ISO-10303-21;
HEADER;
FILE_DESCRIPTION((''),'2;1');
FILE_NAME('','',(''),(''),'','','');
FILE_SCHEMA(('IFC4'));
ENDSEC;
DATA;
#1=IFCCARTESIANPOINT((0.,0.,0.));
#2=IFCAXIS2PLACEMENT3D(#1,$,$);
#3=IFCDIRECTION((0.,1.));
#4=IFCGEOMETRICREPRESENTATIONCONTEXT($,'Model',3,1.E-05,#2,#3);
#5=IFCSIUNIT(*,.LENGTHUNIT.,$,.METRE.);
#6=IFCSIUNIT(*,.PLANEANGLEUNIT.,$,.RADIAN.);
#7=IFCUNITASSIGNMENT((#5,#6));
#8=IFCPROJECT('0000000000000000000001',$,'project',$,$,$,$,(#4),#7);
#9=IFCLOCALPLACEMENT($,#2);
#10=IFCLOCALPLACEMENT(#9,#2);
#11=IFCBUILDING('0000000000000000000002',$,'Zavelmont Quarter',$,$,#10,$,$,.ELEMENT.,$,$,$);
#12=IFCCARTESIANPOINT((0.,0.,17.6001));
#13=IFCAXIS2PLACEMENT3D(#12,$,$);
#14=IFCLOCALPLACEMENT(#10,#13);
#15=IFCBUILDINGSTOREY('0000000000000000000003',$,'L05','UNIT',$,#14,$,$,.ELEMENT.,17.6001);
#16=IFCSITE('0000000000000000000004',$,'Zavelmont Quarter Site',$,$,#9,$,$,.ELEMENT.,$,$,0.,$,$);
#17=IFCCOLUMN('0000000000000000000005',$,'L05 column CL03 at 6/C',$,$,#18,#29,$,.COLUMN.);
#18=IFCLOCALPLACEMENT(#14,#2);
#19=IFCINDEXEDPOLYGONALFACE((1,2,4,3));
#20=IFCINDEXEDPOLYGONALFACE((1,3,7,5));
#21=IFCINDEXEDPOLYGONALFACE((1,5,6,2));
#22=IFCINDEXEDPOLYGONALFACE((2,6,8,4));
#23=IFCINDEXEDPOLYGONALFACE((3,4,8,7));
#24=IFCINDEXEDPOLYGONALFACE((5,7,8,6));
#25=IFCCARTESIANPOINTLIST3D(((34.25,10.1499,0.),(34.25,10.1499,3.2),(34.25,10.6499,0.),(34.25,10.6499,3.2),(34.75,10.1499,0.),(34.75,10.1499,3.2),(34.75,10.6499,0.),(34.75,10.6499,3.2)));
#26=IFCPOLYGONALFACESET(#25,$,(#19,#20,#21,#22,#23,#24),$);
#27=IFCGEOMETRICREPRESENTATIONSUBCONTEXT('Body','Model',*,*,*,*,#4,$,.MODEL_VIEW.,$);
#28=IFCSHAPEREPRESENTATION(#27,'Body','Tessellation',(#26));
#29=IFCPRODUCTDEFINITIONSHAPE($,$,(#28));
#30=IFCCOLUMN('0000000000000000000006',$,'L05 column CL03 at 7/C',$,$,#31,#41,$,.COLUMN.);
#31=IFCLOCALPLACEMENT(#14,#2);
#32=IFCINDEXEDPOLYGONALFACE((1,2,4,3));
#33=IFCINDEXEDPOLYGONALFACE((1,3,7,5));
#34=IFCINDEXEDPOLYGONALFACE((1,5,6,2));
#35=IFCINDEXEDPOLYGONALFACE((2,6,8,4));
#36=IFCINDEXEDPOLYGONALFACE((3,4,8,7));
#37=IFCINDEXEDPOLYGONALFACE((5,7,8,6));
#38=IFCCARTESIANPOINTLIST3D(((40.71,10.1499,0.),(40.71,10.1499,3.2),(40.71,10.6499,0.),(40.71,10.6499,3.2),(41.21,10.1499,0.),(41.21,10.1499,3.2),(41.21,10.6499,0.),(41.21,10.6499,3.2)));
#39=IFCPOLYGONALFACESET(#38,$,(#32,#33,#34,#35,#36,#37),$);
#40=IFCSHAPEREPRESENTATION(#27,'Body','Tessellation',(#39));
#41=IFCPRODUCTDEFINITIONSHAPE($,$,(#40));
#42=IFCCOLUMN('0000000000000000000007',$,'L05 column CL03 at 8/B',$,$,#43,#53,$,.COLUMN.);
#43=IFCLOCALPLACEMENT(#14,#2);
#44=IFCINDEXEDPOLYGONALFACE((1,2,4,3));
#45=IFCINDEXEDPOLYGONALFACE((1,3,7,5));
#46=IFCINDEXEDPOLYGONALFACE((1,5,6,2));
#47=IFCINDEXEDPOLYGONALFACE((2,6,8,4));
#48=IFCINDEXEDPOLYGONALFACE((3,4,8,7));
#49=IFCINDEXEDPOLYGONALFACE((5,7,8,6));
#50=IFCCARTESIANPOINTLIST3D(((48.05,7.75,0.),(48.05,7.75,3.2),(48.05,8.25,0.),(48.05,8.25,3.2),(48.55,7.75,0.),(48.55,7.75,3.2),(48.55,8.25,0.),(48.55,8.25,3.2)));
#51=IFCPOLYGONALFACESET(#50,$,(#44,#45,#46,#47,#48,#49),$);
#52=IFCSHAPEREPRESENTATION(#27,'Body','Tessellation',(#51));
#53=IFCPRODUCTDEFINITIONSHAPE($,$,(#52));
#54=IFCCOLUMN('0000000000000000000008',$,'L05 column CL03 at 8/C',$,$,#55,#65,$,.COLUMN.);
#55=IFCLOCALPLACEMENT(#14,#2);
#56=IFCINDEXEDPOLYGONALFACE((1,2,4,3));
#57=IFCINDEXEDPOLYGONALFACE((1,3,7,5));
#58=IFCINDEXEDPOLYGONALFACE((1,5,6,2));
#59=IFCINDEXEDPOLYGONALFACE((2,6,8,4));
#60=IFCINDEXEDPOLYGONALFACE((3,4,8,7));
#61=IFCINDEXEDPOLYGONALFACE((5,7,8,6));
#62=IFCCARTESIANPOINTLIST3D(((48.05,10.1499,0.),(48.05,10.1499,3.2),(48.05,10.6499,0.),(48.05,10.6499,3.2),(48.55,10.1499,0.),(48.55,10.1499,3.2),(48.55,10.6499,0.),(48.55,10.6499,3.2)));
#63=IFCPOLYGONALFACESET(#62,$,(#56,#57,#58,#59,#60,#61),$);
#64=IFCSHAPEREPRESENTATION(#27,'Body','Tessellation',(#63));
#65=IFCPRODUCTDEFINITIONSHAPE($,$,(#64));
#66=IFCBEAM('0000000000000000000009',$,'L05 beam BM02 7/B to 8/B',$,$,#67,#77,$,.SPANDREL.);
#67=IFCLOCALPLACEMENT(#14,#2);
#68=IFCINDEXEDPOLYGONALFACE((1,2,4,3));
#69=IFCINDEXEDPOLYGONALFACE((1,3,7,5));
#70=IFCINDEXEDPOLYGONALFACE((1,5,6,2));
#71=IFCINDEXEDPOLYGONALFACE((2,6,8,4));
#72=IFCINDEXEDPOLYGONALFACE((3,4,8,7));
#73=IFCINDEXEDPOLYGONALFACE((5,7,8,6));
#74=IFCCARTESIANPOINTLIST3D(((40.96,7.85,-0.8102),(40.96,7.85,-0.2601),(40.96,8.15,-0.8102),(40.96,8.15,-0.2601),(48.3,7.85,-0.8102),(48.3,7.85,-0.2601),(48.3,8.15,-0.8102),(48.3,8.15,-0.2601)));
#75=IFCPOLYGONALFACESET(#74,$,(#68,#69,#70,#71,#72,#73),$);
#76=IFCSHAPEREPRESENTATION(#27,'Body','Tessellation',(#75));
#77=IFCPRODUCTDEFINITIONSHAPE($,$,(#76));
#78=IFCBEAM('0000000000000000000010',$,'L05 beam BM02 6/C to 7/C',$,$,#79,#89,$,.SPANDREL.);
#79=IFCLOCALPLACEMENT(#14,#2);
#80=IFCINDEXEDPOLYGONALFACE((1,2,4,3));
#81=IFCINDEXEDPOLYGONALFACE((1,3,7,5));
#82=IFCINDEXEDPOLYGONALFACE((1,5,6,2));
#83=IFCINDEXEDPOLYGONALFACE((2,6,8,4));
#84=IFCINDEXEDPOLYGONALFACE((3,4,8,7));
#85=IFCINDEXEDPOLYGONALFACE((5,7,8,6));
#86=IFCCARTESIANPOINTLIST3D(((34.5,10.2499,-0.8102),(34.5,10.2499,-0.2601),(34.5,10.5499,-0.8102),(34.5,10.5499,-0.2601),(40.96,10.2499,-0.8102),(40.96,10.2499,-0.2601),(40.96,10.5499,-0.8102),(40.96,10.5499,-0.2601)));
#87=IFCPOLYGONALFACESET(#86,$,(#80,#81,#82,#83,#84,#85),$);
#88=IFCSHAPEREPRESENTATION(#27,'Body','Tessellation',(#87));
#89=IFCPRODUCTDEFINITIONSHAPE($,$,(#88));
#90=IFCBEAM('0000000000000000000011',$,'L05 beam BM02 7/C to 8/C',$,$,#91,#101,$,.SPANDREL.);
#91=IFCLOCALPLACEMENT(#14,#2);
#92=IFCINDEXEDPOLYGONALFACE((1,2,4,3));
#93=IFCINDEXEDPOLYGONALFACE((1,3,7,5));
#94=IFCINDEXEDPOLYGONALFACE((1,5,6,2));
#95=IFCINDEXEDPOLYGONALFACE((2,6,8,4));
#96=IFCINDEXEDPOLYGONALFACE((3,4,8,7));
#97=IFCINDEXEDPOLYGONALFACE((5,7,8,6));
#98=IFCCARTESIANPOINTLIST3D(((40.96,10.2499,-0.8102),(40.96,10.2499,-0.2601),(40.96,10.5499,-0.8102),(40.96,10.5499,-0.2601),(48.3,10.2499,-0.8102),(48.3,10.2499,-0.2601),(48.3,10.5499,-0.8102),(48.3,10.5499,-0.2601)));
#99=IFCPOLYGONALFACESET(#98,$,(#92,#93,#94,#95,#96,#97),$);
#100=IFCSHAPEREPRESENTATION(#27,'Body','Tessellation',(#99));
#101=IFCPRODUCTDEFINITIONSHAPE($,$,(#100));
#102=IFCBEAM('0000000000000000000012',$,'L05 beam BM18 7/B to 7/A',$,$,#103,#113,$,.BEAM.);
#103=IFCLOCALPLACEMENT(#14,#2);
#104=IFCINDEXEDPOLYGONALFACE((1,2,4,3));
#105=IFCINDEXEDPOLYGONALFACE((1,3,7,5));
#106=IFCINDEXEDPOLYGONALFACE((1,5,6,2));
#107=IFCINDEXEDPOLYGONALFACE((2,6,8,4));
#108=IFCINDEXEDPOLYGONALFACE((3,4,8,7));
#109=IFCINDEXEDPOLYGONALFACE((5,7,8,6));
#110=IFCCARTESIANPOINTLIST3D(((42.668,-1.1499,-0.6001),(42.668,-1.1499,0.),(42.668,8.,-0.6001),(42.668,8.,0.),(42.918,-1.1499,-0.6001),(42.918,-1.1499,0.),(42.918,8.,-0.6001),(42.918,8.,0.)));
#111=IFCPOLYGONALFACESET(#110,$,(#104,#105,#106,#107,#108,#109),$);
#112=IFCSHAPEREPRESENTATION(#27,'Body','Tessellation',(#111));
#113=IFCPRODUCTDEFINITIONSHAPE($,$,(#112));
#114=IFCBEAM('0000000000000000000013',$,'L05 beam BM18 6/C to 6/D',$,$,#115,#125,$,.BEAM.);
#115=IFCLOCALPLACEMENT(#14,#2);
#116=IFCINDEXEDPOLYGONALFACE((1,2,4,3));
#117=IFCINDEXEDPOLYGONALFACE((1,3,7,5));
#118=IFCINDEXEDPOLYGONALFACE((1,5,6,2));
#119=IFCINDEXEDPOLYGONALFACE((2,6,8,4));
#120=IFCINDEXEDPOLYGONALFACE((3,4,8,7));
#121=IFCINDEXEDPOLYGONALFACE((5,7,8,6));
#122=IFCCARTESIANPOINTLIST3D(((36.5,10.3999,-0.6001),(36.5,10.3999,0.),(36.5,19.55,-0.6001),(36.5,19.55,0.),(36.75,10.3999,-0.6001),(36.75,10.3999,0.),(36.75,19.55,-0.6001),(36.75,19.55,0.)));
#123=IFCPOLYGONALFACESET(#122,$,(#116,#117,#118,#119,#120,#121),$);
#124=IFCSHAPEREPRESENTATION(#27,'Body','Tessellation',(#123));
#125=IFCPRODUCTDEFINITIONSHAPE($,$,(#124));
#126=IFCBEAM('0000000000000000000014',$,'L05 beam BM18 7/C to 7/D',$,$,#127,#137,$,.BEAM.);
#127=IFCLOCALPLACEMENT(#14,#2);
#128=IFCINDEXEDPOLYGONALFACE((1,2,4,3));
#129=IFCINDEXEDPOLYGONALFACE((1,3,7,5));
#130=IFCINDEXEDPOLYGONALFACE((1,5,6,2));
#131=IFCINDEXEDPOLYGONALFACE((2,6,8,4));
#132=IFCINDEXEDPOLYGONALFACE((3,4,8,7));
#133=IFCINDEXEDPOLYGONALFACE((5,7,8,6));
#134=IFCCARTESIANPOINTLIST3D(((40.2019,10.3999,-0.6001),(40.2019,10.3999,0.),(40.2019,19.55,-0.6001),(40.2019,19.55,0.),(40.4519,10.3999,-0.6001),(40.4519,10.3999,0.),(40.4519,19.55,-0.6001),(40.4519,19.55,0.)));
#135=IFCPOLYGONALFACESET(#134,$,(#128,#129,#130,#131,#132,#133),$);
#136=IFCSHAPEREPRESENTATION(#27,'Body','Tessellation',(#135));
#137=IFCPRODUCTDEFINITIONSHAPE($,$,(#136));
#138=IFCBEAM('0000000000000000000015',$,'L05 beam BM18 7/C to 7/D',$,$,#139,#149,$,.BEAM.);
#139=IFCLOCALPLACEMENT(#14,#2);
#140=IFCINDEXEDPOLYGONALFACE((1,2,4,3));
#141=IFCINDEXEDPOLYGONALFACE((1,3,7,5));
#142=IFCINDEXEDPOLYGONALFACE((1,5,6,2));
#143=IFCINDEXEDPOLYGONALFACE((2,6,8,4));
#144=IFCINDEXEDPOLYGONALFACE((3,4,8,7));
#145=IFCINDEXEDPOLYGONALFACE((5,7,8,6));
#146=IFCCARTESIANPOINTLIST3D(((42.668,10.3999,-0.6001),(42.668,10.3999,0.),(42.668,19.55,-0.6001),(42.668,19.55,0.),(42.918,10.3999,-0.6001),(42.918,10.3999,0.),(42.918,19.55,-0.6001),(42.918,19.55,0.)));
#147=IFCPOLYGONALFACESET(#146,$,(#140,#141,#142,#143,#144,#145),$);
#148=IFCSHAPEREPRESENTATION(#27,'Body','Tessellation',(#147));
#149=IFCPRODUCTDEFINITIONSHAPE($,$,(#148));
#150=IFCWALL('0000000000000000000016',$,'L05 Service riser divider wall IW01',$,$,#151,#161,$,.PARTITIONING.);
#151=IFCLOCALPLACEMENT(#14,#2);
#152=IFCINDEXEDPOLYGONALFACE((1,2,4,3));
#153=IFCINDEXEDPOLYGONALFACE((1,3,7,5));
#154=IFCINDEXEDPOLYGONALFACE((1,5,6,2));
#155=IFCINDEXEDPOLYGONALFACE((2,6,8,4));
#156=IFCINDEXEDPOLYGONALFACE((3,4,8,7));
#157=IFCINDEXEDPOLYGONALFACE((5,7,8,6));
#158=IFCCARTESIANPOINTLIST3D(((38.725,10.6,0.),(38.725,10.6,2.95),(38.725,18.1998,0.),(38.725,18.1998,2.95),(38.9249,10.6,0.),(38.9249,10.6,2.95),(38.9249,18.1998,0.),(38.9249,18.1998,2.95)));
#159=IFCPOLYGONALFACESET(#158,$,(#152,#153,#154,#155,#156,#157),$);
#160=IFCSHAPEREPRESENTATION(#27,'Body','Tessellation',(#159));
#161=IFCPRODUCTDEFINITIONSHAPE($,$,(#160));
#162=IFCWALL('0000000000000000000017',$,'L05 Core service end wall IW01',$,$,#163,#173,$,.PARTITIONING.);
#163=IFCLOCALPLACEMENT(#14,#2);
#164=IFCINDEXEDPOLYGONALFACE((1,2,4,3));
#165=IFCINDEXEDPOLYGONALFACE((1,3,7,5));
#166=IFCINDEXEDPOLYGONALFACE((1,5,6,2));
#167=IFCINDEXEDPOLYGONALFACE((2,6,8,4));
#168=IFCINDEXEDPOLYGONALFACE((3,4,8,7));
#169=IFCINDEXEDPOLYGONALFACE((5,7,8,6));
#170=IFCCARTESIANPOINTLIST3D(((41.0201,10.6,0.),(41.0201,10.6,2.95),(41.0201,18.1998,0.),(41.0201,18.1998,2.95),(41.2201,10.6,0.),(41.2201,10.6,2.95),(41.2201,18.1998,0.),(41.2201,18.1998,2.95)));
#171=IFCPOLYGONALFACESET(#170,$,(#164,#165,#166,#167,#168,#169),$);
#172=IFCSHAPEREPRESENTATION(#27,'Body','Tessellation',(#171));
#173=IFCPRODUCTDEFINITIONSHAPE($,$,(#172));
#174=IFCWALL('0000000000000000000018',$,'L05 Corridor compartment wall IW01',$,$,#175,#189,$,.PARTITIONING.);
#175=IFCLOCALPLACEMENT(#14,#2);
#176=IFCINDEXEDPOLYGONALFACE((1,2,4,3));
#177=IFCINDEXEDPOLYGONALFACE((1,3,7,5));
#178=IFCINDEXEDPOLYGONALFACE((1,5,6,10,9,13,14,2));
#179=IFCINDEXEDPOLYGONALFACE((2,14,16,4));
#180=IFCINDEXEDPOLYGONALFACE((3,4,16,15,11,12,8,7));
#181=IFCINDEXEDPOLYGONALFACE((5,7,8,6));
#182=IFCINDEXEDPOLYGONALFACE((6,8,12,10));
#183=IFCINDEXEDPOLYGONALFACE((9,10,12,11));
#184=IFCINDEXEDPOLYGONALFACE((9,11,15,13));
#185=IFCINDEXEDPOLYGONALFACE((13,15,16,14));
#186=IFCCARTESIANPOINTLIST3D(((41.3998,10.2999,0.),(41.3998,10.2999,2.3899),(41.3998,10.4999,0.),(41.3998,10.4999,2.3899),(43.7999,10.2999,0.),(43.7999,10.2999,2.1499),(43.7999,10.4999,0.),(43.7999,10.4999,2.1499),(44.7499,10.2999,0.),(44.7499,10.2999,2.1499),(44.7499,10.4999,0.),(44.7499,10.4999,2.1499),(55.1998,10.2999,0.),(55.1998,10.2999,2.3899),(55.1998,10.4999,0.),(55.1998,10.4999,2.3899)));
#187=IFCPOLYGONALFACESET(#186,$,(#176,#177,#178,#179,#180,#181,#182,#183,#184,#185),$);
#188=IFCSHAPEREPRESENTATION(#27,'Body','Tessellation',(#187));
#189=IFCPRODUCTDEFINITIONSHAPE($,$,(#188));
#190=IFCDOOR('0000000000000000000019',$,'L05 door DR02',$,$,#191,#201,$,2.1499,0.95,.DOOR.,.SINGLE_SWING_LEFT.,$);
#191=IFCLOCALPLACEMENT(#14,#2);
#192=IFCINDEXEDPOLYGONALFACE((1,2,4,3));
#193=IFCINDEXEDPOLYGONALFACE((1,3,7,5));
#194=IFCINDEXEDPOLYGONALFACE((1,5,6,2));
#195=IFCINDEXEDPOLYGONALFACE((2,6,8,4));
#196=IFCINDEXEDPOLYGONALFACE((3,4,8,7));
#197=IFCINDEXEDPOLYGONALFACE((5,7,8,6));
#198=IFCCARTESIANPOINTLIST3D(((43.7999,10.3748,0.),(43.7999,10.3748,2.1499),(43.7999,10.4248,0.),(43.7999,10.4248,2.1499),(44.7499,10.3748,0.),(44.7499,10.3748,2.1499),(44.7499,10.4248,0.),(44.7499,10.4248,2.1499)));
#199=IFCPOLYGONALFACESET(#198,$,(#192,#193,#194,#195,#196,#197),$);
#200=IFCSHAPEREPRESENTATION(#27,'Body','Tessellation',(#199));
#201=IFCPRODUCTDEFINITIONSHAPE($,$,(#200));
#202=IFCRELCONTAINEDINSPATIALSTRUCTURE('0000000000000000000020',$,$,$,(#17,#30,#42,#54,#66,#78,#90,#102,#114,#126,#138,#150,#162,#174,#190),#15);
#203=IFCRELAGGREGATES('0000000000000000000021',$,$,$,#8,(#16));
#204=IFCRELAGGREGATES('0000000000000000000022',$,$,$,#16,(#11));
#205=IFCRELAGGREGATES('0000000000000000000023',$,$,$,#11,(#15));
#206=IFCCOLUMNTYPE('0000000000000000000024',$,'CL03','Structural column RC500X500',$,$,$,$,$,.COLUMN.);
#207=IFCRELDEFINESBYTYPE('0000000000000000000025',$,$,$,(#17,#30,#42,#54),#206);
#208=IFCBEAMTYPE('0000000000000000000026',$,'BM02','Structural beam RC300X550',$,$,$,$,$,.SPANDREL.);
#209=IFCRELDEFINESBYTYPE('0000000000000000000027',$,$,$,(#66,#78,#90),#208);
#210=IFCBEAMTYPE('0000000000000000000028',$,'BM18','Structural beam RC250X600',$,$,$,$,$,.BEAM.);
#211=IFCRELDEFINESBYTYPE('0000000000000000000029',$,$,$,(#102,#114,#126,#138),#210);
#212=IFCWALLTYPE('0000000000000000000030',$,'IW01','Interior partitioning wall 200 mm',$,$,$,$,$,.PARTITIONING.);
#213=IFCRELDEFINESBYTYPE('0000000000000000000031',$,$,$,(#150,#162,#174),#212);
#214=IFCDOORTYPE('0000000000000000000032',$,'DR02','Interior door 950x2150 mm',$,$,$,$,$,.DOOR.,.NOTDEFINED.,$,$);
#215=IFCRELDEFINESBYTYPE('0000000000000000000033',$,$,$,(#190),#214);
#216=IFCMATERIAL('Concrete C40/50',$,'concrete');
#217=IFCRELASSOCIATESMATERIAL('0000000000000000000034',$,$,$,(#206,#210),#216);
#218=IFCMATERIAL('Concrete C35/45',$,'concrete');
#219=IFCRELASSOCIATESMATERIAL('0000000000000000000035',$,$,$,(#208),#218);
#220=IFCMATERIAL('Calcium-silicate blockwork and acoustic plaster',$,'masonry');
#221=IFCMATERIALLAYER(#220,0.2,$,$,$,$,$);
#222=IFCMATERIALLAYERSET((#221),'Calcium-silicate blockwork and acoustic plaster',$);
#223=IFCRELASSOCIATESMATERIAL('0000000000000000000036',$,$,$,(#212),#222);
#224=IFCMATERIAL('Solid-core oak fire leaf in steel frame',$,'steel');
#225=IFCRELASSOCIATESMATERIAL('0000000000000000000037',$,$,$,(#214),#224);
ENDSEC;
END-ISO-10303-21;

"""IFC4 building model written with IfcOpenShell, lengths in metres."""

from ifc_helpers import new_model, si_unit, direction, frame, frame_2d, origin, origin_with_axes, origin_2d, place, context, subcontext, project, spatial, rectangle, extrude, material, layer, layer_set, material_profile, profile_set, type_object, element, fill, save


model = new_model("IFC4")

# Units and contexts
model_context = context("Model", 3, precision=1e-05, world=origin(), true_north=direction((0.0, 1.0)))
body_context = subcontext(model_context, "Body", "Model", "MODEL_VIEW")
ifc_project = project(units=[si_unit("LENGTHUNIT", "METRE"), si_unit("PLANEANGLEUNIT", "RADIAN")], contexts=[model_context])

# Site, building, storey
site_placement = place(None, origin())
site = spatial("IfcSite", under=ifc_project, at=site_placement, Name="Zavelmont Quarter Site", CompositionType="ELEMENT", RefElevation=0.0)
building_placement = place(site_placement, origin())
building = spatial("IfcBuilding", under=site, at=building_placement, Name="Zavelmont Quarter", CompositionType="ELEMENT")
storey_placement = place(building_placement, frame((0.0, 0.0, 17.6001)))
storey = spatial("IfcBuildingStorey", under=building, at=storey_placement, Name="L05", Description="UNIT", CompositionType="ELEMENT", Elevation=17.6001)

# Columns
ifc_material_1 = material(Name="Concrete C40/50", Category="concrete")
ifc_material_profile_1 = material_profile(ifc_material_1, rectangle(XDim=0.5, YDim=0.5, at=origin_2d()), Name="RC500X500")
ifc_profile_set_1 = profile_set([ifc_material_profile_1], Name="Concrete C40/50")
column_type = type_object("IfcColumnType", Name="CL03", Description="Structural column RC500X500", PredefinedType="COLUMN", material=ifc_profile_set_1)
for number, where, z_axis, x_axis, name in (
    (1, (34.5, 10.3999, 0.0), (0.0, 0.0, 1.0), (1.0, 0.0, 0.0), "L05 column CL03 at 6/C"),
    (2, (40.96, 10.3999, 0.0), (0.0, 0.0, 1.0), (1.0, 0.0, 0.0), "L05 column CL03 at 7/C"),
    (3, (48.3, 8.0, 0.0), (0.0, 0.0, 1.0), (1.0, 0.0, 0.0), "L05 column CL03 at 8/B"),
    (4, (48.3, 10.3999, 0.0), (0.0, 0.0, 1.0), (1.0, 0.0, 0.0), "L05 column CL03 at 8/C"),
):
    element("IfcColumn", number, at=place(storey_placement, frame(where, z_axis=z_axis, x_axis=x_axis)), inside=storey, type_object=column_type, Name=name, PredefinedType="COLUMN", context=body_context, shape_type="SweptSolid", body=[
        extrude(rectangle(XDim=0.5, YDim=0.5, at=origin_2d()), origin(), (0.0, 0.0, 1.0), 3.2),
    ])

# Beams
ifc_material_2 = material(Name="Concrete C35/45", Category="concrete")
ifc_material_profile_2 = material_profile(ifc_material_2, rectangle(XDim=0.3, YDim=0.55, at=origin_2d()), Name="RC300X550")
ifc_profile_set_2 = profile_set([ifc_material_profile_2], Name="Concrete C35/45")
beam_type_1 = type_object("IfcBeamType", Name="BM02", Description="Structural beam RC300X550", PredefinedType="SPANDREL", material=ifc_profile_set_2)
beam_1_placement = place(storey_placement, frame((40.96, 8.0, -0.5352), z_axis=(1.0, 0.0, 0.0), x_axis=(0.0, 1.0, 0.0)))
element("IfcBeam", 5, at=beam_1_placement, inside=storey, type_object=beam_type_1, Name="L05 beam BM02 7/B to 8/B", PredefinedType="SPANDREL", context=body_context, shape_type="SweptSolid", body=[
    extrude(rectangle(XDim=0.3, YDim=0.55, at=origin_2d()), origin(), (0.0, 0.0, 1.0), 7.3401),
])
beam_2_placement = place(storey_placement, frame((34.5, 10.3999, -0.5352), z_axis=(1.0, 0.0, 0.0), x_axis=(0.0, 1.0, 0.0)))
element("IfcBeam", 6, at=beam_2_placement, inside=storey, type_object=beam_type_1, Name="L05 beam BM02 6/C to 7/C", PredefinedType="SPANDREL", context=body_context, shape_type="SweptSolid", body=[
    extrude(rectangle(XDim=0.3, YDim=0.55, at=origin_2d()), origin(), (0.0, 0.0, 1.0), 6.46),
])
beam_3_placement = place(storey_placement, frame((40.96, 10.3999, -0.5352), z_axis=(1.0, 0.0, 0.0), x_axis=(0.0, 1.0, 0.0)))
element("IfcBeam", 7, at=beam_3_placement, inside=storey, type_object=beam_type_1, Name="L05 beam BM02 7/C to 8/C", PredefinedType="SPANDREL", context=body_context, shape_type="SweptSolid", body=[
    extrude(rectangle(XDim=0.3, YDim=0.55, at=origin_2d()), origin(), (0.0, 0.0, 1.0), 7.3401),
])
ifc_material_profile_3 = material_profile(ifc_material_1, rectangle(XDim=0.25, YDim=0.6001, at=origin_2d()), Name="RC250X600")
ifc_profile_set_3 = profile_set([ifc_material_profile_3], Name="Concrete C40/50")
beam_type_2 = type_object("IfcBeamType", Name="BM18", Description="Structural beam RC250X600", PredefinedType="BEAM", material=ifc_profile_set_3)
beam_4_placement = place(storey_placement, frame((42.793, 8.0, -0.3), z_axis=(0.0, -1.0, 0.0), x_axis=(1.0, 0.0, 0.0)))
element("IfcBeam", 8, at=beam_4_placement, inside=storey, type_object=beam_type_2, Name="L05 beam BM18 7/B to 7/A", PredefinedType="BEAM", context=body_context, shape_type="SweptSolid", body=[
    extrude(rectangle(XDim=0.25, YDim=0.6001, at=origin_2d()), origin(), (0.0, 0.0, 1.0), 9.1499),
])
for number, where, z_axis, x_axis, name in (
    (9, (36.625, 10.3999, -0.3), (0.0, 1.0, 0.0), (-1.0, 0.0, 0.0), "L05 beam BM18 6/C to 6/D"),
    (10, (40.3269, 10.3999, -0.3), (0.0, 1.0, 0.0), (-1.0, 0.0, 0.0), "L05 beam BM18 7/C to 7/D"),
    (11, (42.793, 10.3999, -0.3), (0.0, 1.0, 0.0), (-1.0, 0.0, 0.0), "L05 beam BM18 7/C to 7/D"),
):
    element("IfcBeam", number, at=place(storey_placement, frame(where, z_axis=z_axis, x_axis=x_axis)), inside=storey, type_object=beam_type_2, Name=name, PredefinedType="BEAM", context=body_context, shape_type="SweptSolid", body=[
        extrude(rectangle(XDim=0.25, YDim=0.6001, at=origin_2d()), origin(), (0.0, 0.0, 1.0), 9.1501),
    ])

# Walls
ifc_material_3 = material(Name="Calcium-silicate blockwork and acoustic plaster", Category="masonry")
ifc_layer_1 = layer(ifc_material_3, 0.2)
ifc_layer_set_1 = layer_set([ifc_layer_1], Name="Calcium-silicate blockwork and acoustic plaster")
wall_type_1 = type_object("IfcWallType", Name="IW01", Description="Interior partitioning wall 200 mm", PredefinedType="PARTITIONING", material=ifc_layer_set_1)
for number, where, z_axis, x_axis, name in (
    (12, (38.825, 10.6001, 0.0), (0.0, 0.0, 1.0), (0.0, 1.0, 0.0), "L05 Service riser divider wall IW01"),
    (13, (41.1201, 10.6001, 0.0), (0.0, 0.0, 1.0), (0.0, 1.0, 0.0), "L05 Core service end wall IW01"),
):
    element("IfcWall", number, at=place(storey_placement, frame(where, z_axis=z_axis, x_axis=x_axis)), inside=storey, type_object=wall_type_1, Name=name, PredefinedType="PARTITIONING", context=body_context, shape_type="SweptSolid", body=[
        extrude(rectangle(XDim=7.5999, YDim=0.2, at=frame_2d((3.7998, 0.0))), origin(), (0.0, 0.0, 1.0), 2.95),
    ])

# Wall, opening, door
wall_1_placement = place(storey_placement, frame((41.3999, 10.3999, 0.0), z_axis=(0.0, 0.0, 1.0), x_axis=(1.0, 0.0, 0.0)))
wall_1 = element("IfcWall", 14, at=wall_1_placement, inside=storey, type_object=wall_type_1, Name="L05 Corridor compartment wall IW01", PredefinedType="PARTITIONING", context=body_context, shape_type="SweptSolid", body=[
    extrude(rectangle(XDim=13.8, YDim=0.2, at=frame_2d((6.8999, 0.0))), origin(), (0.0, 0.0, 1.0), 2.3899),
])
opening_1_placement = place(wall_1_placement, frame((2.3999, 0.0, 0.0)))
opening_1 = element("IfcOpeningElement", 15, at=opening_1_placement, cuts=wall_1, PredefinedType="OPENING", context=body_context, shape_type="SweptSolid", body=[
    extrude(rectangle(XDim=0.95, YDim=2.1499, at=frame_2d((0.4751, 1.075))), frame((0.0, 0.1118, 0.0), z_axis=(0.0, -1.0, 0.0), x_axis=(1.0, 0.0, 0.0)), (0.0, 0.0, 1.0), 0.2239),
])
ifc_material_4 = material(Name="Solid-core oak fire leaf in steel frame", Category="steel")
door_type_1 = type_object("IfcDoorType", Name="DR02", Description="Interior door 950x2150 mm", OperationType="NOTDEFINED", PredefinedType="DOOR", material=ifc_material_4)
door_1_placement = place(opening_1_placement, origin_with_axes())
door_1 = element("IfcDoor", 16, at=door_1_placement, inside=storey, type_object=door_type_1, Name="L05 door DR02", OperationType="SINGLE_SWING_LEFT", OverallHeight=2.1499, OverallWidth=0.95, PredefinedType="DOOR", context=body_context, shape_type="SweptSolid", body=[
    extrude(rectangle(XDim=0.95, YDim=2.1499, at=frame_2d((0.4751, 1.075))), frame((0.0, 0.0249, 0.0), z_axis=(0.0, -1.0, 0.0), x_axis=(1.0, 0.0, 0.0)), (0.0, 0.0, 1.0), 0.05),
])
fill(opening_1, door_1)

save(model, "model.ifc")
